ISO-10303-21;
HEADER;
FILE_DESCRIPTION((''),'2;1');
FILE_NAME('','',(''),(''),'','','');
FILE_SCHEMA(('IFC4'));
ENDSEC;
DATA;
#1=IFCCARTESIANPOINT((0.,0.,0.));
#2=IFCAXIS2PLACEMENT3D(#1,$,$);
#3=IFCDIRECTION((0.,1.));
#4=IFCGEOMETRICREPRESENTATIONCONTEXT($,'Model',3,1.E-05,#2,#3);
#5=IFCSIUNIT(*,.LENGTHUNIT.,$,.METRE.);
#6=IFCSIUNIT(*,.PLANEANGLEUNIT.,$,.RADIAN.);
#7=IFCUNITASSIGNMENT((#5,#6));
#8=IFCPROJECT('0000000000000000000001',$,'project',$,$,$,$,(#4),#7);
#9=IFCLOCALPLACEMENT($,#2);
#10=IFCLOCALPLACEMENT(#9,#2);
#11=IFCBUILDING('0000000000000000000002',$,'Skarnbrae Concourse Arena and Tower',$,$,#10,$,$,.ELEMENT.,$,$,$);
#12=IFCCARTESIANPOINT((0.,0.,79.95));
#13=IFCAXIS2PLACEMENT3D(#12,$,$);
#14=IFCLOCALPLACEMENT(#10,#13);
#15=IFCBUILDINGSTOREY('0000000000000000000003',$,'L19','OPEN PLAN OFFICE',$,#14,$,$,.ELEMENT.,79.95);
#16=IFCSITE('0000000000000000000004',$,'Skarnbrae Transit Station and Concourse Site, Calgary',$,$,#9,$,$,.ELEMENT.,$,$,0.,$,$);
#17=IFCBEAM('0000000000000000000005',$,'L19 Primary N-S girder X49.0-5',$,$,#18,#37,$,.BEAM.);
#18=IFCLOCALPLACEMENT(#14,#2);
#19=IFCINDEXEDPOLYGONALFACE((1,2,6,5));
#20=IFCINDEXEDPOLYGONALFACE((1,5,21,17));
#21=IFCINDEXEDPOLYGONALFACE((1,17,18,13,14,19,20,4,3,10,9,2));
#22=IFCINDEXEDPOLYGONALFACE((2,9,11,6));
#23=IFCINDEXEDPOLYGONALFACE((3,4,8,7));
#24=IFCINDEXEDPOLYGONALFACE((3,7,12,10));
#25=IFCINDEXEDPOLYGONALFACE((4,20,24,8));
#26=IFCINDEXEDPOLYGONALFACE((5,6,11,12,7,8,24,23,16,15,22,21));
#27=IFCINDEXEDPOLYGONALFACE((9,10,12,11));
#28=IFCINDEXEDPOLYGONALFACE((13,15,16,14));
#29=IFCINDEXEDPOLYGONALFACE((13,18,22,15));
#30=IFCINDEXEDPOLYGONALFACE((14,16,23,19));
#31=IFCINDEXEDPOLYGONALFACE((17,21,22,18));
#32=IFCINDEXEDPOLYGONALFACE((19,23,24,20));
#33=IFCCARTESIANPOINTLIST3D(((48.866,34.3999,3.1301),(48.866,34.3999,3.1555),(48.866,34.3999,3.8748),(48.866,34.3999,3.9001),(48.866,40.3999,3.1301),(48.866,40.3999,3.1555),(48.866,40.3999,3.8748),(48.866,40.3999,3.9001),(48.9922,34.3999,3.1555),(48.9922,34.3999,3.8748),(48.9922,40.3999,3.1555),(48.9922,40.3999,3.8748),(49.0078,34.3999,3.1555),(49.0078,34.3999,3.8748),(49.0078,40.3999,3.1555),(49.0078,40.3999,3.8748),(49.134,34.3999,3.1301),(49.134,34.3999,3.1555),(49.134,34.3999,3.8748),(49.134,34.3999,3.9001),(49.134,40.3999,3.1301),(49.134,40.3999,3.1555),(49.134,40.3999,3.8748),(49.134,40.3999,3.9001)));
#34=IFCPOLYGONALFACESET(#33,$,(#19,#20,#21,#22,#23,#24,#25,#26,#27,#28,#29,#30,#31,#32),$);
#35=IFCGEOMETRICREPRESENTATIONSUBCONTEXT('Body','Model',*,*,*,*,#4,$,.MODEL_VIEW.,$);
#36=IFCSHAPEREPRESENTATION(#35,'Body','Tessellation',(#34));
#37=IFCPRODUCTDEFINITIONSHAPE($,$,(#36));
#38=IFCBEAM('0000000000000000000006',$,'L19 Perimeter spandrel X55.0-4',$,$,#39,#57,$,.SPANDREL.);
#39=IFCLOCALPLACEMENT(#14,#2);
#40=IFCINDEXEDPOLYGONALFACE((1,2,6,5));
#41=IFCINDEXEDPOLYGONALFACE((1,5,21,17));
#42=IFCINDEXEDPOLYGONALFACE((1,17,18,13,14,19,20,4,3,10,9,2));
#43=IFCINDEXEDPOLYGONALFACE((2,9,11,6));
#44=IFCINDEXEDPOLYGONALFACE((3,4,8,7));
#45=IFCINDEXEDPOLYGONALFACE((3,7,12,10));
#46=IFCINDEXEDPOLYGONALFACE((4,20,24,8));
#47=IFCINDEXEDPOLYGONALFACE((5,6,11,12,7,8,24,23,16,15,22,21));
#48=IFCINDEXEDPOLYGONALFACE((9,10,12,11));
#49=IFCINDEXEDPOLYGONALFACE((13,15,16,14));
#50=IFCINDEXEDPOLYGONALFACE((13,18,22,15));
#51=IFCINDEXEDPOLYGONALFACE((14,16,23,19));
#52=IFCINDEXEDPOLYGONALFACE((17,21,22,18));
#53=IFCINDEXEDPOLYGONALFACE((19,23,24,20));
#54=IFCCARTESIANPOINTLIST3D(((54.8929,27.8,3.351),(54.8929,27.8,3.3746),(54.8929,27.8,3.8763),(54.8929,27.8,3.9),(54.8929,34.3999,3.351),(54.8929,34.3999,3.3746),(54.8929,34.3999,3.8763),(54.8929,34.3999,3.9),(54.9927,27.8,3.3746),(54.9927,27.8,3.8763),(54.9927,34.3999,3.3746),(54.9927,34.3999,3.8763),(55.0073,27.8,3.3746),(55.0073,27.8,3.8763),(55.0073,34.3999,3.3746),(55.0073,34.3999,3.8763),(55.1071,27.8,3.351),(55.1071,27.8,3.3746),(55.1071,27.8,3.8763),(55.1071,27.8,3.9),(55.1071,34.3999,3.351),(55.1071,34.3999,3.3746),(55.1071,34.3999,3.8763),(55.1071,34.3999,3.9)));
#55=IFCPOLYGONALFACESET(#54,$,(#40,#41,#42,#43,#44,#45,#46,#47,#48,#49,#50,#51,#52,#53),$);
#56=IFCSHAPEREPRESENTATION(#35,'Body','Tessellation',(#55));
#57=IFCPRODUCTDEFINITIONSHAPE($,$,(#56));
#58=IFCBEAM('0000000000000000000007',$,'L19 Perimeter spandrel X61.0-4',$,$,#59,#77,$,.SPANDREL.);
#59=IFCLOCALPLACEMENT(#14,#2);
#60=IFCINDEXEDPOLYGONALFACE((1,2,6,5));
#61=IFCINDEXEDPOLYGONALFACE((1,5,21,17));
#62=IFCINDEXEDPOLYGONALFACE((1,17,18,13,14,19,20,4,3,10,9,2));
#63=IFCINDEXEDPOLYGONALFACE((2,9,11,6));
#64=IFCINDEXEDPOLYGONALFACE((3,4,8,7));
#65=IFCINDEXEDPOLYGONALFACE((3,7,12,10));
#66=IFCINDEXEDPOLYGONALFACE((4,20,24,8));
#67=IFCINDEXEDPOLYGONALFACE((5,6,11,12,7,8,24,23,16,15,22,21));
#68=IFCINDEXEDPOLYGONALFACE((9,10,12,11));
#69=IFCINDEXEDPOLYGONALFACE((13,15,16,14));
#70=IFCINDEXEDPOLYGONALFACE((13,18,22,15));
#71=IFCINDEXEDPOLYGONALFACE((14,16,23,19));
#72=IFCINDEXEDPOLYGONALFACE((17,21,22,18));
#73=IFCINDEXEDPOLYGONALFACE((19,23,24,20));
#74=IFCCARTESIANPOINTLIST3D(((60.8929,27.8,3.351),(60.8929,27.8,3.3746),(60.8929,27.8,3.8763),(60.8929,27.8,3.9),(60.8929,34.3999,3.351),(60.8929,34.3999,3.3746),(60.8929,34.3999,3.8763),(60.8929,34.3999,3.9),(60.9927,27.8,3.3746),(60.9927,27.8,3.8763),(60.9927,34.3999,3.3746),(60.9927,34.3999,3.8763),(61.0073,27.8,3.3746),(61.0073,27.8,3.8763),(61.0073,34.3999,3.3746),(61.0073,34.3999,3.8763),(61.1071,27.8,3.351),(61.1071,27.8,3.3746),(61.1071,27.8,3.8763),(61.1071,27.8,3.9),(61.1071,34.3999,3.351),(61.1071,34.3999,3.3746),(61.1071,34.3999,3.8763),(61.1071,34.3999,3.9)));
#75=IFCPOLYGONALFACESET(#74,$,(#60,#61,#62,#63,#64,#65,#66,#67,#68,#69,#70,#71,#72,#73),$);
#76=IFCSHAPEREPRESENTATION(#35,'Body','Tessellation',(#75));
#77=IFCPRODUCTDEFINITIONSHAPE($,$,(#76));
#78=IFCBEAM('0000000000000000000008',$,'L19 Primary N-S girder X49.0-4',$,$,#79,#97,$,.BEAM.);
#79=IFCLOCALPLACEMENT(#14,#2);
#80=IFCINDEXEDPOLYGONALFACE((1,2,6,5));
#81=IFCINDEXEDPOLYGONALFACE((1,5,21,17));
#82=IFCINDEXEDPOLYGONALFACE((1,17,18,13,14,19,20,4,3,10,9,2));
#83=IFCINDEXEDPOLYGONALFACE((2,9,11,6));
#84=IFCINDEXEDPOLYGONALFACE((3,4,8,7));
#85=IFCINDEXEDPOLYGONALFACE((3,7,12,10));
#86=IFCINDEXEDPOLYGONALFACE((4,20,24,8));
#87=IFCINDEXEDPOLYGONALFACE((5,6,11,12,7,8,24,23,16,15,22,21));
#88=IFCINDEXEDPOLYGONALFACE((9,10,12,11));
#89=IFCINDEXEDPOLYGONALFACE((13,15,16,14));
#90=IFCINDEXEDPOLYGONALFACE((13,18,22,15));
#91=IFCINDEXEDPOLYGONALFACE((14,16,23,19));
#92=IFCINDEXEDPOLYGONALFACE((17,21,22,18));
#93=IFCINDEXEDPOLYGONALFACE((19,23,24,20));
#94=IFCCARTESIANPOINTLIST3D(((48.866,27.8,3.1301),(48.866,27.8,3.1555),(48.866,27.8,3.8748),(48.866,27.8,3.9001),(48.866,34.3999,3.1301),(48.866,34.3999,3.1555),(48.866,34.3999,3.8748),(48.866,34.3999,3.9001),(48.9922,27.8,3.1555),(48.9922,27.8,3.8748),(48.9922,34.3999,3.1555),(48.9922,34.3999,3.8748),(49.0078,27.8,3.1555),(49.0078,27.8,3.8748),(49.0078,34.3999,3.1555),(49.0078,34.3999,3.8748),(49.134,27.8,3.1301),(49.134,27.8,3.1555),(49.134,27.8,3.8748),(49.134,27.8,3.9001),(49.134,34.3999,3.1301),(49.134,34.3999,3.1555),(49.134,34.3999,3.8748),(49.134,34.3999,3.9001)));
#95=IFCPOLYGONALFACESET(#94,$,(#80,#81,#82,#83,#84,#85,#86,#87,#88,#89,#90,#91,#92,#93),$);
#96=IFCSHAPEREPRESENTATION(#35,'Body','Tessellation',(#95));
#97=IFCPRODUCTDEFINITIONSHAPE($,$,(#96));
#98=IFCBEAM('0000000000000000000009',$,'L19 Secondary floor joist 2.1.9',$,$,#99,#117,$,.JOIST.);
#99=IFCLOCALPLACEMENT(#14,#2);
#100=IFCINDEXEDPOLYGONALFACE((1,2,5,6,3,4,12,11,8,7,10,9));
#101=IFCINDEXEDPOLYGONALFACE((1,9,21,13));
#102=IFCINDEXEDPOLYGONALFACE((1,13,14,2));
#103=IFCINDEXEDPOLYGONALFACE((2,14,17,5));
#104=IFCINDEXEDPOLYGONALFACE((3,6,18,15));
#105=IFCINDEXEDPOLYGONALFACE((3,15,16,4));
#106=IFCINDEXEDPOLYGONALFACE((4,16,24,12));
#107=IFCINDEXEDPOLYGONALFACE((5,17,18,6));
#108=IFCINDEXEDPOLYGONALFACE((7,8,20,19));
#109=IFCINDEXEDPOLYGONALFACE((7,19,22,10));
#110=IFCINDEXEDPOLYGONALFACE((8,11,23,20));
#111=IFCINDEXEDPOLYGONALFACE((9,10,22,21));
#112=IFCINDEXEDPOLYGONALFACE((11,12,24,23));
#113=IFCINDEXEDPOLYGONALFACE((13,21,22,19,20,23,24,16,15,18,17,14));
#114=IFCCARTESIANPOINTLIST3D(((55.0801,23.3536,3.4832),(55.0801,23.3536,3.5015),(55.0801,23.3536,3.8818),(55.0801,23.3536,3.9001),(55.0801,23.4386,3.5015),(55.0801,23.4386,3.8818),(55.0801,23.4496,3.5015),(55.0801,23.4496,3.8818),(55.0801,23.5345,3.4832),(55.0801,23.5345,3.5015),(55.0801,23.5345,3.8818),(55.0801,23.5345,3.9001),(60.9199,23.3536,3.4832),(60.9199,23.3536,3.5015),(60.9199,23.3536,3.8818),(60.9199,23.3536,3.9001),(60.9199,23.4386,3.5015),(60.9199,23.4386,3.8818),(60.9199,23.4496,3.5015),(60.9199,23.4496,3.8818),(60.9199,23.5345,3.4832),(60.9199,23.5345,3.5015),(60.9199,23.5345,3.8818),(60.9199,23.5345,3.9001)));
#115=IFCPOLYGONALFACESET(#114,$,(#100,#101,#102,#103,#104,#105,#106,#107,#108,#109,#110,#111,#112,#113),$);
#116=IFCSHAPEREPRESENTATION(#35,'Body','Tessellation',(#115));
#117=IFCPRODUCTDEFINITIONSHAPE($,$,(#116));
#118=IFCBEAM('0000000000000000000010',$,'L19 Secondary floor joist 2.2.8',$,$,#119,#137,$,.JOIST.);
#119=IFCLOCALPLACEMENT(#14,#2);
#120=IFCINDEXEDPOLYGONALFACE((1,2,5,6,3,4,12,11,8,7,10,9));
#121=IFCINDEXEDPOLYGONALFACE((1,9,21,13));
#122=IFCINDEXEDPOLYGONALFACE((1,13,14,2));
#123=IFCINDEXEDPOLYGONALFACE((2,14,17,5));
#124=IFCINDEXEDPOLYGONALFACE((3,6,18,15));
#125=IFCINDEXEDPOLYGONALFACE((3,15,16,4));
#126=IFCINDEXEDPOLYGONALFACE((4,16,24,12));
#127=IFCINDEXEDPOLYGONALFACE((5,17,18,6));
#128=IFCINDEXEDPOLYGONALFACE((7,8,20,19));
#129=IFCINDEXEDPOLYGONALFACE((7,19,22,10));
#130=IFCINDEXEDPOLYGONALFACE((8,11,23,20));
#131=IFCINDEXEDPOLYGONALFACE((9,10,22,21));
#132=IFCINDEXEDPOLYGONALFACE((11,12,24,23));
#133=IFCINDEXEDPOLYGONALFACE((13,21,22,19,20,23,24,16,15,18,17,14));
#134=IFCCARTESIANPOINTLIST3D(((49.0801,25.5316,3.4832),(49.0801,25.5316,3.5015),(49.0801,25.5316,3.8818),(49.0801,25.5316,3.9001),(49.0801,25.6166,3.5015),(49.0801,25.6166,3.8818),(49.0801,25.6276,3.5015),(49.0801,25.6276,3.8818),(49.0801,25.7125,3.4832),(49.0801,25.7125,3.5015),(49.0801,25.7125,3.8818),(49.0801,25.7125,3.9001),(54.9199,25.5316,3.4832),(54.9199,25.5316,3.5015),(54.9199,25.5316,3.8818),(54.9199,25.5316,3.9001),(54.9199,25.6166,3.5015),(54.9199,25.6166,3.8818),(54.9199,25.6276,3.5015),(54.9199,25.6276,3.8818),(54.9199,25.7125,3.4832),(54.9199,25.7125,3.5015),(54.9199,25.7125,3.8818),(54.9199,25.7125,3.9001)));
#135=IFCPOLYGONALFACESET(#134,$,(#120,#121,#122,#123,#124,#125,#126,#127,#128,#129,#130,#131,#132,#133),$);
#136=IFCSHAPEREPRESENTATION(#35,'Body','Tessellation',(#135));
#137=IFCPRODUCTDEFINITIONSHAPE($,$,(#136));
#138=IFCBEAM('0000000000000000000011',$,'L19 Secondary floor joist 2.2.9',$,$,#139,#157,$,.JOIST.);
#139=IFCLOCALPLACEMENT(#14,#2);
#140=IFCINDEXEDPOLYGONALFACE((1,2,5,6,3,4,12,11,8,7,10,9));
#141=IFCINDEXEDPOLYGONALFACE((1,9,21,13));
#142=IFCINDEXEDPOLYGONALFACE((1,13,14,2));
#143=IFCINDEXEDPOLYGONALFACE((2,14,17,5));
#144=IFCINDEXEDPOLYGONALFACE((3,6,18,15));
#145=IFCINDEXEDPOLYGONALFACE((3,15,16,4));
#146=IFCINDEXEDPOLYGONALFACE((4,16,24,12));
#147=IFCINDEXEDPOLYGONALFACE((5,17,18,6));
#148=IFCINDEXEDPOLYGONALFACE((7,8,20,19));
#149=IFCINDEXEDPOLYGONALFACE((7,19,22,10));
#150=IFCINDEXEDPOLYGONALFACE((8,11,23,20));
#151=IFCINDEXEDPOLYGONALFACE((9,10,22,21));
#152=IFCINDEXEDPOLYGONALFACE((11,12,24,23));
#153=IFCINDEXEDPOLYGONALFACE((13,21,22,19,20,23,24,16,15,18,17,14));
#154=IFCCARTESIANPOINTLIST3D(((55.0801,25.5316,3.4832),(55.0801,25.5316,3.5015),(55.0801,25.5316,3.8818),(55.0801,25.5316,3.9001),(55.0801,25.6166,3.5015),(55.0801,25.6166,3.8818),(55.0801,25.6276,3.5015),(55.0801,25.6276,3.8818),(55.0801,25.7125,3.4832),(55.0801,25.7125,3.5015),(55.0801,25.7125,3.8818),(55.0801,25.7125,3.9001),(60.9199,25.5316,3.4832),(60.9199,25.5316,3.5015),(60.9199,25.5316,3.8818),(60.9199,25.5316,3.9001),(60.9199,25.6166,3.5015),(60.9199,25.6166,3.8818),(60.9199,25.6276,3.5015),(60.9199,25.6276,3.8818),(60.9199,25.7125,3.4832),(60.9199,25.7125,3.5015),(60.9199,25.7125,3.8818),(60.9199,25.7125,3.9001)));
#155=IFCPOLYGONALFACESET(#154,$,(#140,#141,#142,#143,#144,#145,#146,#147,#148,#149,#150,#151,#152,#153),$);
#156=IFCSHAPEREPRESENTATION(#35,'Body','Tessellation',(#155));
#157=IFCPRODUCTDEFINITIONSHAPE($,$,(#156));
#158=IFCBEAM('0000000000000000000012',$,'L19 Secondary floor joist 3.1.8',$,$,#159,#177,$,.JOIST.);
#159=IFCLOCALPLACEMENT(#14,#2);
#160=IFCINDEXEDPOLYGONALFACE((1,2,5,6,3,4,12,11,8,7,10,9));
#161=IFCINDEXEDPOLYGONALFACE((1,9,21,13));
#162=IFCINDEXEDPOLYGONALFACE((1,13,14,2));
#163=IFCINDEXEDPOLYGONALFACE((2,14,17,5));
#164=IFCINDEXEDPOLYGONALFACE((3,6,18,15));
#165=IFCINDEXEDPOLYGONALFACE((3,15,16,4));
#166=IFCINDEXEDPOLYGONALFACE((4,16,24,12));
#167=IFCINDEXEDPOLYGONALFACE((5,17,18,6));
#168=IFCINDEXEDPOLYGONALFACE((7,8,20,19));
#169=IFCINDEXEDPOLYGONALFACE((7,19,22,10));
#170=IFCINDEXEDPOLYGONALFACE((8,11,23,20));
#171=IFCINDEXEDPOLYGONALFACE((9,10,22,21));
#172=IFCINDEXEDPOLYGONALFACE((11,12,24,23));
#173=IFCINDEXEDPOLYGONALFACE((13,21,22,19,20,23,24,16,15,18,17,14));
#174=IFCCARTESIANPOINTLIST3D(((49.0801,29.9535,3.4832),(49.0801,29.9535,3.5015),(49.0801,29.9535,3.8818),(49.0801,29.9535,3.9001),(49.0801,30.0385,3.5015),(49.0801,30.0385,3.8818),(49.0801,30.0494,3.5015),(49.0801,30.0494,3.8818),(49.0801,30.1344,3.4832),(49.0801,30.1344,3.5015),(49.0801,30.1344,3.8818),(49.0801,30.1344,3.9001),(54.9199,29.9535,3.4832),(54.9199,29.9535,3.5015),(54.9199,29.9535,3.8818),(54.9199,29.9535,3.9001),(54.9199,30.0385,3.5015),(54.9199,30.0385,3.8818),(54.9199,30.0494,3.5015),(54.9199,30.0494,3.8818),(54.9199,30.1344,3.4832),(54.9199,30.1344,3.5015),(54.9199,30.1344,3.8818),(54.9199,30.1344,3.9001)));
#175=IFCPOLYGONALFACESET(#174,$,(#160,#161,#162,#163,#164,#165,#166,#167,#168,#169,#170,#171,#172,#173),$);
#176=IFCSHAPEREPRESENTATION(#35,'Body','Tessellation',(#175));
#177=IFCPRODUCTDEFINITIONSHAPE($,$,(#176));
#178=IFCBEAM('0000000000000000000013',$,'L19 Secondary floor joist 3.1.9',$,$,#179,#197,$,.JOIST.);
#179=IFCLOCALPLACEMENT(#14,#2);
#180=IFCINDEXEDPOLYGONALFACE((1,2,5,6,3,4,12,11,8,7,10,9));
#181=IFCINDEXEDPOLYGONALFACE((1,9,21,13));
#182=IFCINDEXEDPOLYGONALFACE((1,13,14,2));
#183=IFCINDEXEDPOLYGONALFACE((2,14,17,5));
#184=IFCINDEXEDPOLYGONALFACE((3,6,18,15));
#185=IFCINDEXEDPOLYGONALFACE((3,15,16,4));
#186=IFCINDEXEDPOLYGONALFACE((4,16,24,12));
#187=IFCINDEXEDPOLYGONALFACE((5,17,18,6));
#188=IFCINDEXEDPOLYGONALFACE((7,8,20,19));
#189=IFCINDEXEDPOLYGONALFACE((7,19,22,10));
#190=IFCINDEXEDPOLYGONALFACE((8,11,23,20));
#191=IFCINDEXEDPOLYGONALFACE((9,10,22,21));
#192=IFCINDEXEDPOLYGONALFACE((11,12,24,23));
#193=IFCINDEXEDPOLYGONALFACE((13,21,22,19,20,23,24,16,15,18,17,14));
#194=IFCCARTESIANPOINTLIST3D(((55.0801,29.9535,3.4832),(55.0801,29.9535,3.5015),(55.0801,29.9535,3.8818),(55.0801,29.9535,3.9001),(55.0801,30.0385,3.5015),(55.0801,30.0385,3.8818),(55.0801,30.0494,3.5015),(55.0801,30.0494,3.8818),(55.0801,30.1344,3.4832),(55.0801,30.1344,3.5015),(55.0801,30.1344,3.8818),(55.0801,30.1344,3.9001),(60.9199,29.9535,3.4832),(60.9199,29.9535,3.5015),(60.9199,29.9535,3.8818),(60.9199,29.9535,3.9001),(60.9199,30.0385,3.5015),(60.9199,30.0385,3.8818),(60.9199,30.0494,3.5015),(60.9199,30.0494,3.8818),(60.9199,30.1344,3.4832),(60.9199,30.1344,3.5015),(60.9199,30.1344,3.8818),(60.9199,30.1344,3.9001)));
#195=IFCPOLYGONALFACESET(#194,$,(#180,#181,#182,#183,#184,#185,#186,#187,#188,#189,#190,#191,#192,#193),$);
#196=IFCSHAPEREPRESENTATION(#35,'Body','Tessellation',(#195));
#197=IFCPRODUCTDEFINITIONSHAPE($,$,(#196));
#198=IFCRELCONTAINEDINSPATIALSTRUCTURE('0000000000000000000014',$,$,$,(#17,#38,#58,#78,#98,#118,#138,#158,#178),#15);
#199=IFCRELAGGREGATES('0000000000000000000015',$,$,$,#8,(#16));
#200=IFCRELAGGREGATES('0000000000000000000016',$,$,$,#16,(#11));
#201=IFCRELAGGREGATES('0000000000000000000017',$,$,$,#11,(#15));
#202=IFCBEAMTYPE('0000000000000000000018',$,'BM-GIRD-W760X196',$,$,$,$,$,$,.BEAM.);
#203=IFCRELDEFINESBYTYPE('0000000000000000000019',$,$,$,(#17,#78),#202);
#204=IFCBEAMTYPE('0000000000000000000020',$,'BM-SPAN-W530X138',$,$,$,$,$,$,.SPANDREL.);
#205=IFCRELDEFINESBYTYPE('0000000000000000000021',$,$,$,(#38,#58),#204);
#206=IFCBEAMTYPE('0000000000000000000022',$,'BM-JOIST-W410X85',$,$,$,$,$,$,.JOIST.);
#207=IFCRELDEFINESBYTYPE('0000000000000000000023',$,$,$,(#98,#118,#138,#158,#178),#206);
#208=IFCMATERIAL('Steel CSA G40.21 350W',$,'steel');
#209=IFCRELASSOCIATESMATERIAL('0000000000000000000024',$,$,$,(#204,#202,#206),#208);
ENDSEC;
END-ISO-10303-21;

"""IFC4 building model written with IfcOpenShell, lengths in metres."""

from ifc_helpers import new_model, si_unit, direction, frame, origin, origin_2d, place, context, subcontext, project, spatial, i_section, extrude, source, transform, mapped, material, material_profile, profile_set, type_object, element, save


model = new_model("IFC4")

# Units and contexts
model_context = context("Model", 3, precision=1e-05, world=origin(), true_north=direction((0.0, 1.0)))
body_context = subcontext(model_context, "Body", "Model", "MODEL_VIEW")
ifc_project = project(units=[si_unit("LENGTHUNIT", "METRE"), si_unit("PLANEANGLEUNIT", "RADIAN")], contexts=[model_context])

# Site, building, storey
site_placement = place(None, origin())
site = spatial("IfcSite", under=ifc_project, at=site_placement, Name="Skarnbrae Transit Station and Concourse Site, Calgary", CompositionType="ELEMENT", RefElevation=0.0)
building_placement = place(site_placement, origin())
building = spatial("IfcBuilding", under=site, at=building_placement, Name="Skarnbrae Concourse Arena and Tower", CompositionType="ELEMENT")
storey_placement = place(building_placement, frame((0.0, 0.0, 79.95)))
storey = spatial("IfcBuildingStorey", under=building, at=storey_placement, Name="L19", Description="OPEN PLAN OFFICE", CompositionType="ELEMENT", Elevation=79.95)

# Shared definitions
ifc_material_1 = material(Name="Steel CSA G40.21 350W", Category="steel")

# Beams
ifc_material_profile_1 = material_profile(ifc_material_1, i_section(OverallWidth=0.2141, OverallDepth=0.5491, WebThickness=0.0146, FlangeThickness=0.0237, at=origin_2d()), Name="W530X138")
ifc_profile_set_1 = profile_set([ifc_material_profile_1], Name="Steel CSA G40.21 350W")
beam_type_1 = type_object("IfcBeamType", Name="BM-SPAN-W530X138", PredefinedType="SPANDREL", material=ifc_profile_set_1)
ifc_material_profile_2 = material_profile(ifc_material_1, i_section(OverallWidth=0.2681, OverallDepth=0.77, WebThickness=0.0156, FlangeThickness=0.0254, at=origin_2d()), Name="W760X196")
ifc_profile_set_2 = profile_set([ifc_material_profile_2], Name="Steel CSA G40.21 350W")
beam_type_2 = type_object("IfcBeamType", Name="BM-GIRD-W760X196", PredefinedType="BEAM", material=ifc_profile_set_2)
shared_shape_1 = source(origin(), body_context, "Body", "SweptSolid", [
    extrude(i_section(OverallWidth=0.2681, OverallDepth=0.77, WebThickness=0.0156, FlangeThickness=0.0254, at=origin_2d()), origin(), (0.0, 0.0, 1.0), 6.0),
])
for number, where, z_axis, x_axis, name in (
    (1, (49.0, 34.3999, 3.5151), (0.0, 1.0, 0.0), (-1.0, 0.0, 0.0), "L19 Primary N-S girder X49.0-5"),
):
    element("IfcBeam", number, at=place(storey_placement, frame(where, z_axis=z_axis, x_axis=x_axis)), inside=storey, type_object=beam_type_2, Name=name, PredefinedType="BEAM", context=body_context, shape_type="MappedRepresentation", body=[
        mapped(shared_shape_1, transform((0.0, 0.0, 0.0))),
    ])
shared_shape_2 = source(origin(), body_context, "Body", "SweptSolid", [
    extrude(i_section(OverallWidth=0.2141, OverallDepth=0.5491, WebThickness=0.0146, FlangeThickness=0.0237, at=origin_2d()), origin(), (0.0, 0.0, 1.0), 6.5999),
])
for number, where, z_axis, x_axis, name in (
    (2, (55.0, 27.8, 3.6255), (0.0, 1.0, 0.0), (-1.0, 0.0, 0.0), "L19 Perimeter spandrel X55.0-4"),
    (3, (61.0, 27.8, 3.6255), (0.0, 1.0, 0.0), (-1.0, 0.0, 0.0), "L19 Perimeter spandrel X61.0-4"),
):
    element("IfcBeam", number, at=place(storey_placement, frame(where, z_axis=z_axis, x_axis=x_axis)), inside=storey, type_object=beam_type_1, Name=name, PredefinedType="SPANDREL", context=body_context, shape_type="MappedRepresentation", body=[
        mapped(shared_shape_2, transform((0.0, 0.0, 0.0))),
    ])
shared_shape_3 = source(origin(), body_context, "Body", "SweptSolid", [
    extrude(i_section(OverallWidth=0.2681, OverallDepth=0.77, WebThickness=0.0156, FlangeThickness=0.0254, at=origin_2d()), origin(), (0.0, 0.0, 1.0), 6.5999),
])
beam_placement = place(storey_placement, frame((49.0, 27.8, 3.5151), z_axis=(0.0, 1.0, 0.0), x_axis=(-1.0, 0.0, 0.0)))
element("IfcBeam", 4, at=beam_placement, inside=storey, type_object=beam_type_2, Name="L19 Primary N-S girder X49.0-4", PredefinedType="BEAM", context=body_context, shape_type="MappedRepresentation", body=[
    mapped(shared_shape_3, transform((0.0, 0.0, 0.0))),
])
ifc_material_profile_3 = material_profile(ifc_material_1, i_section(OverallWidth=0.1809, OverallDepth=0.417, WebThickness=0.011, FlangeThickness=0.0183, at=origin_2d()), Name="W410X85")
ifc_profile_set_3 = profile_set([ifc_material_profile_3], Name="Steel CSA G40.21 350W")
beam_type_3 = type_object("IfcBeamType", Name="BM-JOIST-W410X85", PredefinedType="JOIST", material=ifc_profile_set_3)
shared_shape_4 = source(origin(), body_context, "Body", "SweptSolid", [
    extrude(i_section(OverallWidth=0.1809, OverallDepth=0.417, WebThickness=0.011, FlangeThickness=0.0183, at=origin_2d()), origin(), (0.0, 0.0, 1.0), 5.8398),
])
for number, where, z_axis, x_axis, name in (
    (5, (55.0801, 23.4441, 3.6917), (1.0, 0.0, 0.0), (0.0, 1.0, 0.0), "L19 Secondary floor joist 2.1.9"),
    (6, (49.0801, 25.6221, 3.6917), (1.0, 0.0, 0.0), (0.0, 1.0, 0.0), "L19 Secondary floor joist 2.2.8"),
    (7, (55.0801, 25.6221, 3.6917), (1.0, 0.0, 0.0), (0.0, 1.0, 0.0), "L19 Secondary floor joist 2.2.9"),
    (8, (49.0801, 30.0439, 3.6917), (1.0, 0.0, 0.0), (0.0, 1.0, 0.0), "L19 Secondary floor joist 3.1.8"),
    (9, (55.0801, 30.0439, 3.6917), (1.0, 0.0, 0.0), (0.0, 1.0, 0.0), "L19 Secondary floor joist 3.1.9"),
):
    element("IfcBeam", number, at=place(storey_placement, frame(where, z_axis=z_axis, x_axis=x_axis)), inside=storey, type_object=beam_type_3, Name=name, PredefinedType="JOIST", context=body_context, shape_type="MappedRepresentation", body=[
        mapped(shared_shape_4, transform((0.0, 0.0, 0.0))),
    ])

save(model, "model.ifc")
